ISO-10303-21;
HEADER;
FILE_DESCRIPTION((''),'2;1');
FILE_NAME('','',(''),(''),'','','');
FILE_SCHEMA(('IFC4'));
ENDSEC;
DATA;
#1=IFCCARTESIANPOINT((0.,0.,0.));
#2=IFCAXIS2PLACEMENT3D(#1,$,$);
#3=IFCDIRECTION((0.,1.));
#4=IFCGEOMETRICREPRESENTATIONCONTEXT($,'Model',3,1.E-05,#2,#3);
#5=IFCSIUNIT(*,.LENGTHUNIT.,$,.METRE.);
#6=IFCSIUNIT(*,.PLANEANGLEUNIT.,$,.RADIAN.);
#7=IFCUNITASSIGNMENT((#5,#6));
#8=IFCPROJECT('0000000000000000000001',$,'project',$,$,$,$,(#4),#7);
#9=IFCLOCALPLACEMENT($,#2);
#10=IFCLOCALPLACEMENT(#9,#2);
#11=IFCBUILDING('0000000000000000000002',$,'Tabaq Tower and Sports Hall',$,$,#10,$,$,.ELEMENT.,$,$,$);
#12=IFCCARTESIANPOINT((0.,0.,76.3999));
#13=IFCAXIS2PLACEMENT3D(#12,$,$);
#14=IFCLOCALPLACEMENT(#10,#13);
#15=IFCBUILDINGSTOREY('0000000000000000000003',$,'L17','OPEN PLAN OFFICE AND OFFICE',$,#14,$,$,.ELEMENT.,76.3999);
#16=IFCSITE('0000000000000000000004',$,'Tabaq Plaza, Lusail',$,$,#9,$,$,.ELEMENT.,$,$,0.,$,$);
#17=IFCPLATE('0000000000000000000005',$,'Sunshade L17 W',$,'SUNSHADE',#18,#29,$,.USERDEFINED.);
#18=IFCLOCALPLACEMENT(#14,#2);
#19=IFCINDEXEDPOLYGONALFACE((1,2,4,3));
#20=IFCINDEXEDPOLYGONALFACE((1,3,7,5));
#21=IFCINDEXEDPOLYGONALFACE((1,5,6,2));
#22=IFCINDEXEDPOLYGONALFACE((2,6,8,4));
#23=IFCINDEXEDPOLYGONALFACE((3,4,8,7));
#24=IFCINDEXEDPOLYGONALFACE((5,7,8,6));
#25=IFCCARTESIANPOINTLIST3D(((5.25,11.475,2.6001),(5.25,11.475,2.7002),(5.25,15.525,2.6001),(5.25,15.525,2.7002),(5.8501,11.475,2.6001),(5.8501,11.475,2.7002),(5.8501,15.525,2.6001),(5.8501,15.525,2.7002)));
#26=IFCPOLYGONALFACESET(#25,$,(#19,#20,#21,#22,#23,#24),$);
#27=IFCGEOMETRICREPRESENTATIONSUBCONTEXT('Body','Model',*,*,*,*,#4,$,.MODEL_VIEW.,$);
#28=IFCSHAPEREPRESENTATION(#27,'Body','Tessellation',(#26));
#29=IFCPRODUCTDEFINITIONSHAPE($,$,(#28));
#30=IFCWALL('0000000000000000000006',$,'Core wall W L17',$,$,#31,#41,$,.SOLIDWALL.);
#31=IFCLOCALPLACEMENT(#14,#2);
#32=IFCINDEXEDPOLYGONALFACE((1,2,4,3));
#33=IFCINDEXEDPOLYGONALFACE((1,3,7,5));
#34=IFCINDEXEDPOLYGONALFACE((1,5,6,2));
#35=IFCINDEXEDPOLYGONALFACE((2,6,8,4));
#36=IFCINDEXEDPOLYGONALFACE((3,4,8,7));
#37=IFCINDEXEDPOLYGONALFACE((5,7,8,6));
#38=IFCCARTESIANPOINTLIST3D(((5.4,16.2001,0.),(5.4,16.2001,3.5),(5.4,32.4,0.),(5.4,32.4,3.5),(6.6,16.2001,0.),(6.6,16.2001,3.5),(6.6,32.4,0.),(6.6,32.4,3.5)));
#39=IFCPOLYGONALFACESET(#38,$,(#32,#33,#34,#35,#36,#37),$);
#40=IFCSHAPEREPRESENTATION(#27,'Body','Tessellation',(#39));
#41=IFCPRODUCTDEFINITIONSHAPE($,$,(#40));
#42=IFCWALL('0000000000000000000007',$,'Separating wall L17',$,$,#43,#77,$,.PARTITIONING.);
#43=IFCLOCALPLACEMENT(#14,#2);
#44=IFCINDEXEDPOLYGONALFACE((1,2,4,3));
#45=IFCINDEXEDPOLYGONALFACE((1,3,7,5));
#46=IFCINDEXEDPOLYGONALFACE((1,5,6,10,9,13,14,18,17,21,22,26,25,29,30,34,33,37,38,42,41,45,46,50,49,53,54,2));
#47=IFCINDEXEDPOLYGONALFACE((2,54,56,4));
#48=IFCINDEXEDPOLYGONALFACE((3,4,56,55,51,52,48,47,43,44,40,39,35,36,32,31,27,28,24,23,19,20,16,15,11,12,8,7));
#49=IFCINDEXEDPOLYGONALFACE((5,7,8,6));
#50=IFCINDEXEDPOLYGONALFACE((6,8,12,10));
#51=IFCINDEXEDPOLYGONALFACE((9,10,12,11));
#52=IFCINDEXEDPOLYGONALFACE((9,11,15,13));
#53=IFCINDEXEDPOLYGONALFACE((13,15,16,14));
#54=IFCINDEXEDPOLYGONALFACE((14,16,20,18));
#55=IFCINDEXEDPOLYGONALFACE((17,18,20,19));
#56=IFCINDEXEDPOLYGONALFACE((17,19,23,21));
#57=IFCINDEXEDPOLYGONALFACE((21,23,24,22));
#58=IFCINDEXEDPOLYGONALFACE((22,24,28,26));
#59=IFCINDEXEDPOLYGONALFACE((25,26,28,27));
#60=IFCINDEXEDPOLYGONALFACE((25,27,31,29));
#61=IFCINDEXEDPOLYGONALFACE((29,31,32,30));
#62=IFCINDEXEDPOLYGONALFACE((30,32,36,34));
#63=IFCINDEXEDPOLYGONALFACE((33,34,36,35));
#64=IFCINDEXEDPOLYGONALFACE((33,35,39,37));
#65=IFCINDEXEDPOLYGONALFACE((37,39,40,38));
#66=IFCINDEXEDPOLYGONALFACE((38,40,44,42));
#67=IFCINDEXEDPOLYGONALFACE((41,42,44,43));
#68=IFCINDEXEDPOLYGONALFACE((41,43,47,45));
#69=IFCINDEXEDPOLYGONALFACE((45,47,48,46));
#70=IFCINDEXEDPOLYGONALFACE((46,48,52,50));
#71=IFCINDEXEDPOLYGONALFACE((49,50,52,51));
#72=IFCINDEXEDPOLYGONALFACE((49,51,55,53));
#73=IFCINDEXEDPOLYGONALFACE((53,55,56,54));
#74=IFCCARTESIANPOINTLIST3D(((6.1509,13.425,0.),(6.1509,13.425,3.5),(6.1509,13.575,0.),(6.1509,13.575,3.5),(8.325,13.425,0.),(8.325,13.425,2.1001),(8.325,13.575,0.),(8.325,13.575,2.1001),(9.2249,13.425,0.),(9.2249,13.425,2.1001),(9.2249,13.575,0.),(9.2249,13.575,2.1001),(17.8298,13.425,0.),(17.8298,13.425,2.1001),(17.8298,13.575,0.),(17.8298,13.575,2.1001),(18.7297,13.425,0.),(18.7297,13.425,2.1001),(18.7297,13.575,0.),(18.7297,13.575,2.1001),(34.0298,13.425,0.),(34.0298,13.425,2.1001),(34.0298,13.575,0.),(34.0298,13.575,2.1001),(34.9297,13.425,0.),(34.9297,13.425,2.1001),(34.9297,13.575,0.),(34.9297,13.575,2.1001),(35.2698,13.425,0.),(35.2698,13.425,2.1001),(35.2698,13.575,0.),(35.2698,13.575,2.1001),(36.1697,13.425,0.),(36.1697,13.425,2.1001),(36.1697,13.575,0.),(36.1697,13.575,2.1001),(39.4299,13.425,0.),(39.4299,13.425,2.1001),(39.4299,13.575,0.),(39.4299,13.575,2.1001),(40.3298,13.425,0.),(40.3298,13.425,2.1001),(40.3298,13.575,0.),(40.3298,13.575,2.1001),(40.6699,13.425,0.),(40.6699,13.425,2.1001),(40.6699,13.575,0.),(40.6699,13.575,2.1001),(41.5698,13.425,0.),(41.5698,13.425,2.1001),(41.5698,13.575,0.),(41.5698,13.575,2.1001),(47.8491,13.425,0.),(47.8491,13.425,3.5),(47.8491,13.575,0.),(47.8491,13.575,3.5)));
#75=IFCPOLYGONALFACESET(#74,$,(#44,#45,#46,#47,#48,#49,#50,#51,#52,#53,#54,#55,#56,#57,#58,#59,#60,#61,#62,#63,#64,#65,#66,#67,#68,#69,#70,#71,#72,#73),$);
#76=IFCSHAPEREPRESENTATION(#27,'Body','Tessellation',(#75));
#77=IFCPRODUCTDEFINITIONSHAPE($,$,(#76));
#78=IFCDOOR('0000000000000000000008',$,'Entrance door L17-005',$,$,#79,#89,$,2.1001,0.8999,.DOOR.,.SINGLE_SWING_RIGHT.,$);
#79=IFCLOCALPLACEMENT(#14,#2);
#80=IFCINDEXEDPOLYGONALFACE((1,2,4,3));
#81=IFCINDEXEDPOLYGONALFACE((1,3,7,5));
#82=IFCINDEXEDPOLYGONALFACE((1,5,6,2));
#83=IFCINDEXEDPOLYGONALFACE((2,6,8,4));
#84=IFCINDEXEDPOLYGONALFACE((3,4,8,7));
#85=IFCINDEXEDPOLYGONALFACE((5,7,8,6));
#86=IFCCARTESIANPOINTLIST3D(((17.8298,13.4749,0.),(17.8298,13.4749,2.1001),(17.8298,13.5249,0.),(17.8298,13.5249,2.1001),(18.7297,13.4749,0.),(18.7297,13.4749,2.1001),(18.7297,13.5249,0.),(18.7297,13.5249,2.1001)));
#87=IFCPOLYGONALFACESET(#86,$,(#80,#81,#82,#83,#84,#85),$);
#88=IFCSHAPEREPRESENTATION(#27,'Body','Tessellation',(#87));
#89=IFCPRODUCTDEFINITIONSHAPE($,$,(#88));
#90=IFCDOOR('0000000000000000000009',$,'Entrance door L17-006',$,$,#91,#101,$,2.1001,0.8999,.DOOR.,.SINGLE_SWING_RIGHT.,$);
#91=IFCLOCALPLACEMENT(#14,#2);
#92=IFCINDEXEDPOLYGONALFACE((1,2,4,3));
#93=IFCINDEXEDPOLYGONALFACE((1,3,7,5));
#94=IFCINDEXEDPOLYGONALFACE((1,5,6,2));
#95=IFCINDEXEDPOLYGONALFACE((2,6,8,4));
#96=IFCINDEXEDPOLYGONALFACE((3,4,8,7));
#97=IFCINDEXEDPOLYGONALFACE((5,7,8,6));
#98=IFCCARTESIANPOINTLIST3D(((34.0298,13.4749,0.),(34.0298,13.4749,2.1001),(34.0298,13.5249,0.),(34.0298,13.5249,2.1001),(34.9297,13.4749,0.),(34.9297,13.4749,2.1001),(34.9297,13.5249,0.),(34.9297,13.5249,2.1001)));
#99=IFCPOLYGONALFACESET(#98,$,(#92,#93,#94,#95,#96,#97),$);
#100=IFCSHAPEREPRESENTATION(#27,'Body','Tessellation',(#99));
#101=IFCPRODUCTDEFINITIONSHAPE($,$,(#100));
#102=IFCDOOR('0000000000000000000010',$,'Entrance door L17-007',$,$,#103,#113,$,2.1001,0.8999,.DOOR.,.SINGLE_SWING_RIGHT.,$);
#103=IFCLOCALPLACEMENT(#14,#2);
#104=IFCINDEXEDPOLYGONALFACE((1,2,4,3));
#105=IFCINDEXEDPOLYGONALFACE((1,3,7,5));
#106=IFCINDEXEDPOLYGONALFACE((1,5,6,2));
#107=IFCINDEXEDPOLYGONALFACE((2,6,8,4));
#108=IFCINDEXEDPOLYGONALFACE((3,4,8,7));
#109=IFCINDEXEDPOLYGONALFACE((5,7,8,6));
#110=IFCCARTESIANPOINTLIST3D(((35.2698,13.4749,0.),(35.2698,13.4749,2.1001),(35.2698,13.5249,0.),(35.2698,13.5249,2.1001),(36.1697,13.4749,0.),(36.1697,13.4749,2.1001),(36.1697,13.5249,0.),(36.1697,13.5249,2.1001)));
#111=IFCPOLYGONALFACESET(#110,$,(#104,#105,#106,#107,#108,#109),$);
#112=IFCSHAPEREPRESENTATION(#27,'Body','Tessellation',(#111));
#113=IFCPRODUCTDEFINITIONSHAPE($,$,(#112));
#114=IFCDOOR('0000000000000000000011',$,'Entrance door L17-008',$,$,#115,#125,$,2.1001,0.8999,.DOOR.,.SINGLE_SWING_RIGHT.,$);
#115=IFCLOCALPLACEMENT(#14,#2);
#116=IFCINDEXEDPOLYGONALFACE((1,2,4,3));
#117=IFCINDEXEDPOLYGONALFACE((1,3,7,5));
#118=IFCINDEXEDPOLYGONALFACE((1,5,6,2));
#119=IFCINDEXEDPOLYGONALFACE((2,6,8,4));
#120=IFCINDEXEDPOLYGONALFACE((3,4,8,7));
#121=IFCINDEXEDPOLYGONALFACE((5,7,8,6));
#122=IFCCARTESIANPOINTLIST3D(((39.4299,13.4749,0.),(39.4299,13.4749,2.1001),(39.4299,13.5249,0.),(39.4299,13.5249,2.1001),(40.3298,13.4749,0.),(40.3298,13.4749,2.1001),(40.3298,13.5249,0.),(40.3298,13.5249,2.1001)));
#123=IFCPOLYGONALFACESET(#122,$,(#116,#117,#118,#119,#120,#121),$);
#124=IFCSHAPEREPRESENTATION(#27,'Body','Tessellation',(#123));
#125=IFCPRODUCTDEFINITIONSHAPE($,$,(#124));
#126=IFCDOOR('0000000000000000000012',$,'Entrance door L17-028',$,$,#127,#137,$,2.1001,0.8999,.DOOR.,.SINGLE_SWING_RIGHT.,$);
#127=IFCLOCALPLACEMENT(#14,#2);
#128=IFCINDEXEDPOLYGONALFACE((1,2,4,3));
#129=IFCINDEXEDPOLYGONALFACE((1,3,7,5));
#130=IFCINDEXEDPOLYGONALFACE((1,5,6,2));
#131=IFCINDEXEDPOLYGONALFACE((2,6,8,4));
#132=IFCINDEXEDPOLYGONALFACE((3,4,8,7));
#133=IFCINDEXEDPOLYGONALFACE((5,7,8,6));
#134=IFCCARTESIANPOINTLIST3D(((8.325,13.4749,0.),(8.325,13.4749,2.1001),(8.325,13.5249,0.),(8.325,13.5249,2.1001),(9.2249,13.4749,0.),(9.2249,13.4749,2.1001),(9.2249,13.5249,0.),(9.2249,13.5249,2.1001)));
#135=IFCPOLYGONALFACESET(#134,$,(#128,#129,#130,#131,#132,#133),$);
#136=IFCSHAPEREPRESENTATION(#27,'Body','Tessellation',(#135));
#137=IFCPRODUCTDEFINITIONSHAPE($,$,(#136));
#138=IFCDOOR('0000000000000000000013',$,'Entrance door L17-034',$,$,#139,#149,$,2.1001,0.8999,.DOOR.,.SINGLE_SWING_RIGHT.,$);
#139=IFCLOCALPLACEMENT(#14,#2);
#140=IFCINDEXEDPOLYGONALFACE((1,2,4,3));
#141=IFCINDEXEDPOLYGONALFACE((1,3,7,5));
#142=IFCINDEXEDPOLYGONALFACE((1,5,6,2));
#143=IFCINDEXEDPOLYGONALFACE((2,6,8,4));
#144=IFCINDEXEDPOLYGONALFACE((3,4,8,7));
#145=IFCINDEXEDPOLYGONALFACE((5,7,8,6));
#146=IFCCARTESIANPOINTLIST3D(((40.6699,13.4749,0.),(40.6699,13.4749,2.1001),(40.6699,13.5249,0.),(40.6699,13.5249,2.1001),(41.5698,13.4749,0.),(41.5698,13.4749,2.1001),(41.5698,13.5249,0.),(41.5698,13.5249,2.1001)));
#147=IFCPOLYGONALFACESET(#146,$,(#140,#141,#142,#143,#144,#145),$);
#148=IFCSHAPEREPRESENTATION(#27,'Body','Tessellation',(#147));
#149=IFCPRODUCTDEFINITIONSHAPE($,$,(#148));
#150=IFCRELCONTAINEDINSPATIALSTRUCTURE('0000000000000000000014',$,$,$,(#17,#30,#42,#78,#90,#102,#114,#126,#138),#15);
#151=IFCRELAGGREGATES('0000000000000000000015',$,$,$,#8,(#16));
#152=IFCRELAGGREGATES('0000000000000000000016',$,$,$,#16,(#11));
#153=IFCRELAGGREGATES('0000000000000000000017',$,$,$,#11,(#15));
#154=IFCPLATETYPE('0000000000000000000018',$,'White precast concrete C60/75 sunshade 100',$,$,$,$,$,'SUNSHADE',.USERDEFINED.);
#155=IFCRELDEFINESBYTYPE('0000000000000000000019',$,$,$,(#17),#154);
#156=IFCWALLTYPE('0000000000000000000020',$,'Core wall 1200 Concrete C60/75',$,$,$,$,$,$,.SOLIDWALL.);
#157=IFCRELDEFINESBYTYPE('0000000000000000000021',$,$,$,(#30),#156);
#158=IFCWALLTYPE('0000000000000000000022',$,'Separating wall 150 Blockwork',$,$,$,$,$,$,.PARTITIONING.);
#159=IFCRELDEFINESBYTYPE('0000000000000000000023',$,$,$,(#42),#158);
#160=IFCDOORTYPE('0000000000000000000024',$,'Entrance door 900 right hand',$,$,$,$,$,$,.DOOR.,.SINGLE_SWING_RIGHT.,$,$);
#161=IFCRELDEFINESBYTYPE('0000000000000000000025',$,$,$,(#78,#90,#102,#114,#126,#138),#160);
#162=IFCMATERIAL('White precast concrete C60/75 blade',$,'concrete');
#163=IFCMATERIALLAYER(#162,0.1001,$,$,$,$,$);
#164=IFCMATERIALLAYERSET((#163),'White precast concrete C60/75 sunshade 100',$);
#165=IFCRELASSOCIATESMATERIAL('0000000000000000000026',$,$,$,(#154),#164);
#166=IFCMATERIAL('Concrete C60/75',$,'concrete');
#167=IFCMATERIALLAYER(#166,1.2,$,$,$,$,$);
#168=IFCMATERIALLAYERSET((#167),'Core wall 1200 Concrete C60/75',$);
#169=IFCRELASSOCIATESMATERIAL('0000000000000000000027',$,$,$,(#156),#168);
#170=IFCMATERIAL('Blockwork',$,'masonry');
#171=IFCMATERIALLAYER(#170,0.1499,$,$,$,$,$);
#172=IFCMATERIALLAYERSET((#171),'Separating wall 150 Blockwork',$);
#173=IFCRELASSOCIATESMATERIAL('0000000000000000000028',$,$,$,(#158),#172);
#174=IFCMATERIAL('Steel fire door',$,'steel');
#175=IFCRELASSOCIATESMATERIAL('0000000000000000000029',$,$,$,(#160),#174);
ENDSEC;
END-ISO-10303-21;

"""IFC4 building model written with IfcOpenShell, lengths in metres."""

from ifc_helpers import new_model, si_unit, direction, frame, frame_2d, origin, origin_2d, place, context, subcontext, project, spatial, rectangle, extrude, material, layer, layer_set, type_object, element, fill, save


model = new_model("IFC4")

# Units and contexts
model_context = context("Model", 3, precision=1e-05, world=origin(), true_north=direction((0.0, 1.0)))
body_context = subcontext(model_context, "Body", "Model", "MODEL_VIEW")
ifc_project = project(units=[si_unit("LENGTHUNIT", "METRE"), si_unit("PLANEANGLEUNIT", "RADIAN")], contexts=[model_context])

# Site, building, storey
site_placement = place(None, origin())
site = spatial("IfcSite", under=ifc_project, at=site_placement, Name="Tabaq Plaza, Lusail", CompositionType="ELEMENT", RefElevation=0.0)
building_placement = place(site_placement, origin())
building = spatial("IfcBuilding", under=site, at=building_placement, Name="Tabaq Tower and Sports Hall", CompositionType="ELEMENT")
storey_placement = place(building_placement, frame((0.0, 0.0, 76.3999)))
storey = spatial("IfcBuildingStorey", under=building, at=storey_placement, Name="L17", Description="OPEN PLAN OFFICE AND OFFICE", CompositionType="ELEMENT", Elevation=76.3999)

# Plate
ifc_material_1 = material(Name="White precast concrete C60/75 blade", Category="concrete")
ifc_layer_1 = layer(ifc_material_1, 0.1001)
ifc_layer_set_1 = layer_set([ifc_layer_1], Name="White precast concrete C60/75 sunshade 100")
plate_type = type_object("IfcPlateType", Name="White precast concrete C60/75 sunshade 100", ElementType="SUNSHADE", PredefinedType="USERDEFINED", material=ifc_layer_set_1)
plate_placement = place(storey_placement, frame((5.55, 13.5, 2.6001), z_axis=(0.0, 0.0, 1.0), x_axis=(0.0, -1.0, 0.0)))
element("IfcPlate", 1, at=plate_placement, inside=storey, type_object=plate_type, Name="Sunshade L17 W", ObjectType="SUNSHADE", PredefinedType="USERDEFINED", context=body_context, shape_type="SweptSolid", body=[
    extrude(rectangle(XDim=4.05, YDim=0.6001, at=origin_2d()), origin(), (0.0, 0.0, 1.0), 0.1001),
])

# Wall
ifc_material_2 = material(Name="Concrete C60/75", Category="concrete")
ifc_layer_2 = layer(ifc_material_2, 1.2)
ifc_layer_set_2 = layer_set([ifc_layer_2], Name="Core wall 1200 Concrete C60/75")
wall_type_1 = type_object("IfcWallType", Name="Core wall 1200 Concrete C60/75", PredefinedType="SOLIDWALL", material=ifc_layer_set_2)
wall_1_placement = place(storey_placement, frame((6.0, 16.2, 0.0), z_axis=(0.0, 0.0, 1.0), x_axis=(0.0, 1.0, 0.0)))
element("IfcWall", 2, at=wall_1_placement, inside=storey, type_object=wall_type_1, Name="Core wall W L17", PredefinedType="SOLIDWALL", context=body_context, shape_type="SweptSolid", body=[
    extrude(rectangle(XDim=16.2, YDim=1.2, at=frame_2d((8.1001, 0.0))), origin(), (0.0, 0.0, 1.0), 3.5),
])

# Wall, openings, doors
ifc_material_3 = material(Name="Blockwork", Category="masonry")
ifc_layer_3 = layer(ifc_material_3, 0.1499)
ifc_layer_set_3 = layer_set([ifc_layer_3], Name="Separating wall 150 Blockwork")
wall_type_2 = type_object("IfcWallType", Name="Separating wall 150 Blockwork", PredefinedType="PARTITIONING", material=ifc_layer_set_3)
wall_2_placement = place(storey_placement, frame((6.1509, 13.5, 0.0), z_axis=(0.0, 0.0, 1.0), x_axis=(1.0, 0.0, 0.0)))
wall_2 = element("IfcWall", 3, at=wall_2_placement, inside=storey, type_object=wall_type_2, Name="Separating wall L17", PredefinedType="PARTITIONING", context=body_context, shape_type="SweptSolid", body=[
    extrude(rectangle(XDim=41.6982, YDim=0.1499, at=frame_2d((20.8491, 0.0))), origin(), (0.0, 0.0, 1.0), 3.5),
])
opening_1_placement = place(wall_2_placement, frame((11.679, 0.0, 0.0)))
opening_1 = element("IfcOpeningElement", 4, at=opening_1_placement, cuts=wall_2, PredefinedType="OPENING", context=body_context, shape_type="SweptSolid", body=[
    extrude(rectangle(XDim=0.8999, YDim=2.1001, at=frame_2d((0.45, 1.05))), frame((0.0, 0.075, 0.0), z_axis=(0.0, -1.0, 0.0), x_axis=(1.0, 0.0, 0.0)), (0.0, 0.0, 1.0), 0.1499),
])
opening_2_placement = place(wall_2_placement, frame((27.8789, 0.0, 0.0)))
opening_2 = element("IfcOpeningElement", 5, at=opening_2_placement, cuts=wall_2, PredefinedType="OPENING", context=body_context, shape_type="SweptSolid", body=[
    extrude(rectangle(XDim=0.8999, YDim=2.1001, at=frame_2d((0.45, 1.05))), frame((0.0, 0.075, 0.0), z_axis=(0.0, -1.0, 0.0), x_axis=(1.0, 0.0, 0.0)), (0.0, 0.0, 1.0), 0.1499),
])
opening_3_placement = place(wall_2_placement, frame((29.1189, 0.0, 0.0)))
opening_3 = element("IfcOpeningElement", 6, at=opening_3_placement, cuts=wall_2, PredefinedType="OPENING", context=body_context, shape_type="SweptSolid", body=[
    extrude(rectangle(XDim=0.8999, YDim=2.1001, at=frame_2d((0.45, 1.05))), frame((0.0, 0.075, 0.0), z_axis=(0.0, -1.0, 0.0), x_axis=(1.0, 0.0, 0.0)), (0.0, 0.0, 1.0), 0.1499),
])
opening_4_placement = place(wall_2_placement, frame((33.2791, 0.0, 0.0)))
opening_4 = element("IfcOpeningElement", 7, at=opening_4_placement, cuts=wall_2, PredefinedType="OPENING", context=body_context, shape_type="SweptSolid", body=[
    extrude(rectangle(XDim=0.8999, YDim=2.1001, at=frame_2d((0.45, 1.05))), frame((0.0, 0.075, 0.0), z_axis=(0.0, -1.0, 0.0), x_axis=(1.0, 0.0, 0.0)), (0.0, 0.0, 1.0), 0.1499),
])
opening_5_placement = place(wall_2_placement, frame((2.1741, 0.0, 0.0)))
opening_5 = element("IfcOpeningElement", 8, at=opening_5_placement, cuts=wall_2, PredefinedType="OPENING", context=body_context, shape_type="SweptSolid", body=[
    extrude(rectangle(XDim=0.8999, YDim=2.1001, at=frame_2d((0.45, 1.05))), frame((0.0, 0.075, 0.0), z_axis=(0.0, -1.0, 0.0), x_axis=(1.0, 0.0, 0.0)), (0.0, 0.0, 1.0), 0.1499),
])
opening_6_placement = place(wall_2_placement, frame((34.519, 0.0, 0.0)))
opening_6 = element("IfcOpeningElement", 9, at=opening_6_placement, cuts=wall_2, PredefinedType="OPENING", context=body_context, shape_type="SweptSolid", body=[
    extrude(rectangle(XDim=0.8999, YDim=2.1001, at=frame_2d((0.45, 1.05))), frame((0.0, 0.075, 0.0), z_axis=(0.0, -1.0, 0.0), x_axis=(1.0, 0.0, 0.0)), (0.0, 0.0, 1.0), 0.1499),
])
ifc_material_4 = material(Name="Steel fire door", Category="steel")
door_type_1 = type_object("IfcDoorType", Name="Entrance door 900 right hand", OperationType="SINGLE_SWING_RIGHT", PredefinedType="DOOR", material=ifc_material_4)
door_1_placement = place(opening_1_placement, origin())
door_1 = element("IfcDoor", 10, at=door_1_placement, inside=storey, type_object=door_type_1, Name="Entrance door L17-005", OperationType="SINGLE_SWING_RIGHT", OverallHeight=2.1001, OverallWidth=0.8999, PredefinedType="DOOR", context=body_context, shape_type="SweptSolid", body=[
    extrude(rectangle(XDim=0.8999, YDim=2.1001, at=frame_2d((0.45, 1.05))), frame((0.0, 0.0249, 0.0), z_axis=(0.0, -1.0, 0.0), x_axis=(1.0, 0.0, 0.0)), (0.0, 0.0, 1.0), 0.05),
])
fill(opening_1, door_1)
door_2_placement = place(opening_2_placement, origin())
door_2 = element("IfcDoor", 11, at=door_2_placement, inside=storey, type_object=door_type_1, Name="Entrance door L17-006", OperationType="SINGLE_SWING_RIGHT", OverallHeight=2.1001, OverallWidth=0.8999, PredefinedType="DOOR", context=body_context, shape_type="SweptSolid", body=[
    extrude(rectangle(XDim=0.8999, YDim=2.1001, at=frame_2d((0.45, 1.05))), frame((0.0, 0.0249, 0.0), z_axis=(0.0, -1.0, 0.0), x_axis=(1.0, 0.0, 0.0)), (0.0, 0.0, 1.0), 0.05),
])
fill(opening_2, door_2)
door_3_placement = place(opening_3_placement, origin())
door_3 = element("IfcDoor", 12, at=door_3_placement, inside=storey, type_object=door_type_1, Name="Entrance door L17-007", OperationType="SINGLE_SWING_RIGHT", OverallHeight=2.1001, OverallWidth=0.8999, PredefinedType="DOOR", context=body_context, shape_type="SweptSolid", body=[
    extrude(rectangle(XDim=0.8999, YDim=2.1001, at=frame_2d((0.45, 1.05))), frame((0.0, 0.0249, 0.0), z_axis=(0.0, -1.0, 0.0), x_axis=(1.0, 0.0, 0.0)), (0.0, 0.0, 1.0), 0.05),
])
fill(opening_3, door_3)
door_4_placement = place(opening_4_placement, origin())
door_4 = element("IfcDoor", 13, at=door_4_placement, inside=storey, type_object=door_type_1, Name="Entrance door L17-008", OperationType="SINGLE_SWING_RIGHT", OverallHeight=2.1001, OverallWidth=0.8999, PredefinedType="DOOR", context=body_context, shape_type="SweptSolid", body=[
    extrude(rectangle(XDim=0.8999, YDim=2.1001, at=frame_2d((0.45, 1.05))), frame((0.0, 0.0249, 0.0), z_axis=(0.0, -1.0, 0.0), x_axis=(1.0, 0.0, 0.0)), (0.0, 0.0, 1.0), 0.05),
])
fill(opening_4, door_4)
door_5_placement = place(opening_5_placement, origin())
door_5 = element("IfcDoor", 14, at=door_5_placement, inside=storey, type_object=door_type_1, Name="Entrance door L17-028", OperationType="SINGLE_SWING_RIGHT", OverallHeight=2.1001, OverallWidth=0.8999, PredefinedType="DOOR", context=body_context, shape_type="SweptSolid", body=[
    extrude(rectangle(XDim=0.8999, YDim=2.1001, at=frame_2d((0.45, 1.05))), frame((0.0, 0.0249, 0.0), z_axis=(0.0, -1.0, 0.0), x_axis=(1.0, 0.0, 0.0)), (0.0, 0.0, 1.0), 0.05),
])
fill(opening_5, door_5)
door_6_placement = place(opening_6_placement, origin())
door_6 = element("IfcDoor", 15, at=door_6_placement, inside=storey, type_object=door_type_1, Name="Entrance door L17-034", OperationType="SINGLE_SWING_RIGHT", OverallHeight=2.1001, OverallWidth=0.8999, PredefinedType="DOOR", context=body_context, shape_type="SweptSolid", body=[
    extrude(rectangle(XDim=0.8999, YDim=2.1001, at=frame_2d((0.45, 1.05))), frame((0.0, 0.0249, 0.0), z_axis=(0.0, -1.0, 0.0), x_axis=(1.0, 0.0, 0.0)), (0.0, 0.0, 1.0), 0.05),
])
fill(opening_6, door_6)

save(model, "model.ifc")
